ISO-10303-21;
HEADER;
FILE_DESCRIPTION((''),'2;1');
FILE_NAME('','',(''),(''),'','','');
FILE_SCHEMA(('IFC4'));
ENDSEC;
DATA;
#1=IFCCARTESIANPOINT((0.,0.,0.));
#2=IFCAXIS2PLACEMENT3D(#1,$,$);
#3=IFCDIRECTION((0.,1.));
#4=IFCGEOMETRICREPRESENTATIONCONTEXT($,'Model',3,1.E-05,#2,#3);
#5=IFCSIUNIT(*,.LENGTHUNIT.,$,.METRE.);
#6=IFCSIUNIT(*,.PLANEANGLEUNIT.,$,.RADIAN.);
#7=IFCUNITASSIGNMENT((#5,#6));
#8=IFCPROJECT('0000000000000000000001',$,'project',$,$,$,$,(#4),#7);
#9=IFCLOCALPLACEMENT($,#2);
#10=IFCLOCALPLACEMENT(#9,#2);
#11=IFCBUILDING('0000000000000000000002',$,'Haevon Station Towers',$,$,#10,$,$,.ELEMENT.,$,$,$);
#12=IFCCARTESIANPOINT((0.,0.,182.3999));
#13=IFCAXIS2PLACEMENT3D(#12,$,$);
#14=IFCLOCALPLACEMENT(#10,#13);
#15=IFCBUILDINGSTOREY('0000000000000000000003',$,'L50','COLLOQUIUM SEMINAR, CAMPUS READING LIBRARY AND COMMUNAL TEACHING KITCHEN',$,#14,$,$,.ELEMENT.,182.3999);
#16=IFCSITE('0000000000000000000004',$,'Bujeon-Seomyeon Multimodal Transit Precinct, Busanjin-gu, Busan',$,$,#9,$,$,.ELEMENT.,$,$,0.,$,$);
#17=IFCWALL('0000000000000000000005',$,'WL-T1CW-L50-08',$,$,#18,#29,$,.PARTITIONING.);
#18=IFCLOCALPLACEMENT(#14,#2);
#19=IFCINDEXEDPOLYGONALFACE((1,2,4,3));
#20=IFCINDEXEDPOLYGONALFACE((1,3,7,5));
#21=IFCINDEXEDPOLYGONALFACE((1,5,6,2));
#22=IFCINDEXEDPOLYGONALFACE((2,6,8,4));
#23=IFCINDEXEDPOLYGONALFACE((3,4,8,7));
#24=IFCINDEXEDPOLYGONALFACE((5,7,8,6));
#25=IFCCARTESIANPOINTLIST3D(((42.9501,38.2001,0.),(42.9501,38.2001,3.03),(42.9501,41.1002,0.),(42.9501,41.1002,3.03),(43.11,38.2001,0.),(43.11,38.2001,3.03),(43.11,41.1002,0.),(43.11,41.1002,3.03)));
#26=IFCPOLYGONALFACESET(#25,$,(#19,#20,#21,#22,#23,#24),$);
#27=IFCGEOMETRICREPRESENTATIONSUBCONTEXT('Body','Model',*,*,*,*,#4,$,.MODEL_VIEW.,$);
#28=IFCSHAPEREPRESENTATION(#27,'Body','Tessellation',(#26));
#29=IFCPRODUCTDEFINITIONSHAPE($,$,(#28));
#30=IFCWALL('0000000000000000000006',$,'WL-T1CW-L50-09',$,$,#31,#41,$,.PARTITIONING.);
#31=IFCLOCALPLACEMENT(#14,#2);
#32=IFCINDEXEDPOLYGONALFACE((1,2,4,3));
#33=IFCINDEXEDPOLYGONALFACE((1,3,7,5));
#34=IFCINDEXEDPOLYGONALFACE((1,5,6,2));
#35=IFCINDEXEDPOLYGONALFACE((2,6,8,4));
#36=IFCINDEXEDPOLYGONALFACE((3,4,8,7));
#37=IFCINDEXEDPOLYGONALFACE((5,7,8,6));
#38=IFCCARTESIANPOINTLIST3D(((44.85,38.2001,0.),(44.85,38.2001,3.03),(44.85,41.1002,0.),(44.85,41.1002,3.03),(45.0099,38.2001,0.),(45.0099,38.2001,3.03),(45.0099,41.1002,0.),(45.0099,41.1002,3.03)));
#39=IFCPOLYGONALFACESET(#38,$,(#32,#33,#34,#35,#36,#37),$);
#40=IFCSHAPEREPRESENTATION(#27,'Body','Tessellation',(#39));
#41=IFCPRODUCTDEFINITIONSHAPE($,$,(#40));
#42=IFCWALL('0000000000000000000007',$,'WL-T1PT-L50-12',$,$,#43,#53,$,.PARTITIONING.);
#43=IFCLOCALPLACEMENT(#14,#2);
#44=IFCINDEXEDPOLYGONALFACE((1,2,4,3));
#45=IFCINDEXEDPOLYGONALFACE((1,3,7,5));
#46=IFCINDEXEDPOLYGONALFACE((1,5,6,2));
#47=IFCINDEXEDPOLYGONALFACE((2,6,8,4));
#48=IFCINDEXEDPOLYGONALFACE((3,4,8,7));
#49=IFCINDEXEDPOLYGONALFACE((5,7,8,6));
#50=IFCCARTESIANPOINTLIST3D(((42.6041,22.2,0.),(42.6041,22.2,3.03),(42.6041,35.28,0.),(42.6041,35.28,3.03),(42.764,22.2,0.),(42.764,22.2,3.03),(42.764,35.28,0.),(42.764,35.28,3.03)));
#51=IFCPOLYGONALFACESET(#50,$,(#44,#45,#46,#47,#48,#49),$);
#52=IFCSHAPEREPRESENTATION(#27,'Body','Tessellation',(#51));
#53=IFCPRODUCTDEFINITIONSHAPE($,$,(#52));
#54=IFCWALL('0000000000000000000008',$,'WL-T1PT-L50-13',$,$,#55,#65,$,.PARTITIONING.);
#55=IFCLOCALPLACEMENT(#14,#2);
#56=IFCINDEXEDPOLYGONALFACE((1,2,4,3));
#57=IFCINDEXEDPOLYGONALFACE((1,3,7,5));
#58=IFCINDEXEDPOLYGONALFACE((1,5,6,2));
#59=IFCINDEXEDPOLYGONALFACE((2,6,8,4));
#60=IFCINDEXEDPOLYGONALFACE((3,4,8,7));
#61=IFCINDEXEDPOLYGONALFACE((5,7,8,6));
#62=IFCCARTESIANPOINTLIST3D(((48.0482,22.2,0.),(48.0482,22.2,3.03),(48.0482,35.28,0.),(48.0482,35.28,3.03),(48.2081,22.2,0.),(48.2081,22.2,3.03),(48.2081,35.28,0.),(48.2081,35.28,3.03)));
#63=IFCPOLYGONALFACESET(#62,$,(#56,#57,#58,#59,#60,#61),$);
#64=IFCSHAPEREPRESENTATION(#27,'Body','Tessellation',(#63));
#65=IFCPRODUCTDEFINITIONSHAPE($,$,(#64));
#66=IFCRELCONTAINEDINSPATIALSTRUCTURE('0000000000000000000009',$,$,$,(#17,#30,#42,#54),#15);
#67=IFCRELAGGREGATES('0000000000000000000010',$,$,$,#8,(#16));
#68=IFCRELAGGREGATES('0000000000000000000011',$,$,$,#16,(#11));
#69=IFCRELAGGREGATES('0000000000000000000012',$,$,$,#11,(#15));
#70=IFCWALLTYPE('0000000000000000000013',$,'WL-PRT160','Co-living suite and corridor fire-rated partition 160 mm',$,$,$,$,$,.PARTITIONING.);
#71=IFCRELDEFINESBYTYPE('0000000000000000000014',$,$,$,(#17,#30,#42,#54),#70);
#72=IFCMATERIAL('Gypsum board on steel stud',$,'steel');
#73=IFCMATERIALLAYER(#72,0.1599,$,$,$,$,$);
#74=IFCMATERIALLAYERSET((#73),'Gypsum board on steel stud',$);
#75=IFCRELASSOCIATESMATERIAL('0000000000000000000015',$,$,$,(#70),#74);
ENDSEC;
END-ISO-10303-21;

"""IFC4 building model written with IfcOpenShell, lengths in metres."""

from ifc_helpers import new_model, si_unit, direction, frame, frame_2d, origin, place, context, subcontext, project, spatial, rectangle, extrude, material, layer, layer_set, type_object, element, save


model = new_model("IFC4")

# Units and contexts
model_context = context("Model", 3, precision=1e-05, world=origin(), true_north=direction((0.0, 1.0)))
body_context = subcontext(model_context, "Body", "Model", "MODEL_VIEW")
ifc_project = project(units=[si_unit("LENGTHUNIT", "METRE"), si_unit("PLANEANGLEUNIT", "RADIAN")], contexts=[model_context])

# Site, building, storey
site_placement = place(None, origin())
site = spatial("IfcSite", under=ifc_project, at=site_placement, Name="Bujeon-Seomyeon Multimodal Transit Precinct, Busanjin-gu, Busan", CompositionType="ELEMENT", RefElevation=0.0)
building_placement = place(site_placement, origin())
building = spatial("IfcBuilding", under=site, at=building_placement, Name="Haevon Station Towers", CompositionType="ELEMENT")
storey_placement = place(building_placement, frame((0.0, 0.0, 182.3999)))
storey = spatial("IfcBuildingStorey", under=building, at=storey_placement, Name="L50", Description="COLLOQUIUM SEMINAR, CAMPUS READING LIBRARY AND COMMUNAL TEACHING KITCHEN", CompositionType="ELEMENT", Elevation=182.3999)

# Walls
ifc_material_1 = material(Name="Gypsum board on steel stud", Category="steel")
ifc_layer_1 = layer(ifc_material_1, 0.1599)
ifc_layer_set_1 = layer_set([ifc_layer_1], Name="Gypsum board on steel stud")
wall_type_1 = type_object("IfcWallType", Name="WL-PRT160", Description="Co-living suite and corridor fire-rated partition 160 mm", PredefinedType="PARTITIONING", material=ifc_layer_set_1)
for number, where, z_axis, x_axis, name in (
    (1, (43.03, 38.2, 0.0), (0.0, 0.0, 1.0), (0.0, 1.0, 0.0), "WL-T1CW-L50-08"),
    (2, (44.9299, 38.2, 0.0), (0.0, 0.0, 1.0), (0.0, 1.0, 0.0), "WL-T1CW-L50-09"),
):
    element("IfcWall", number, at=place(storey_placement, frame(where, z_axis=z_axis, x_axis=x_axis)), inside=storey, type_object=wall_type_1, Name=name, PredefinedType="PARTITIONING", context=body_context, shape_type="SweptSolid", body=[
        extrude(rectangle(XDim=2.9001, YDim=0.1599, at=frame_2d((1.4502, 0.0))), origin(), (0.0, 0.0, 1.0), 3.03),
    ])
for number, where, z_axis, x_axis, name in (
    (3, (42.6841, 22.2, 0.0), (0.0, 0.0, 1.0), (0.0, 1.0, 0.0), "WL-T1PT-L50-12"),
    (4, (48.1282, 22.2, 0.0), (0.0, 0.0, 1.0), (0.0, 1.0, 0.0), "WL-T1PT-L50-13"),
):
    element("IfcWall", number, at=place(storey_placement, frame(where, z_axis=z_axis, x_axis=x_axis)), inside=storey, type_object=wall_type_1, Name=name, PredefinedType="PARTITIONING", context=body_context, shape_type="SweptSolid", body=[
        extrude(rectangle(XDim=13.0801, YDim=0.1599, at=frame_2d((6.54, 0.0))), origin(), (0.0, 0.0, 1.0), 3.03),
    ])

save(model, "model.ifc")
